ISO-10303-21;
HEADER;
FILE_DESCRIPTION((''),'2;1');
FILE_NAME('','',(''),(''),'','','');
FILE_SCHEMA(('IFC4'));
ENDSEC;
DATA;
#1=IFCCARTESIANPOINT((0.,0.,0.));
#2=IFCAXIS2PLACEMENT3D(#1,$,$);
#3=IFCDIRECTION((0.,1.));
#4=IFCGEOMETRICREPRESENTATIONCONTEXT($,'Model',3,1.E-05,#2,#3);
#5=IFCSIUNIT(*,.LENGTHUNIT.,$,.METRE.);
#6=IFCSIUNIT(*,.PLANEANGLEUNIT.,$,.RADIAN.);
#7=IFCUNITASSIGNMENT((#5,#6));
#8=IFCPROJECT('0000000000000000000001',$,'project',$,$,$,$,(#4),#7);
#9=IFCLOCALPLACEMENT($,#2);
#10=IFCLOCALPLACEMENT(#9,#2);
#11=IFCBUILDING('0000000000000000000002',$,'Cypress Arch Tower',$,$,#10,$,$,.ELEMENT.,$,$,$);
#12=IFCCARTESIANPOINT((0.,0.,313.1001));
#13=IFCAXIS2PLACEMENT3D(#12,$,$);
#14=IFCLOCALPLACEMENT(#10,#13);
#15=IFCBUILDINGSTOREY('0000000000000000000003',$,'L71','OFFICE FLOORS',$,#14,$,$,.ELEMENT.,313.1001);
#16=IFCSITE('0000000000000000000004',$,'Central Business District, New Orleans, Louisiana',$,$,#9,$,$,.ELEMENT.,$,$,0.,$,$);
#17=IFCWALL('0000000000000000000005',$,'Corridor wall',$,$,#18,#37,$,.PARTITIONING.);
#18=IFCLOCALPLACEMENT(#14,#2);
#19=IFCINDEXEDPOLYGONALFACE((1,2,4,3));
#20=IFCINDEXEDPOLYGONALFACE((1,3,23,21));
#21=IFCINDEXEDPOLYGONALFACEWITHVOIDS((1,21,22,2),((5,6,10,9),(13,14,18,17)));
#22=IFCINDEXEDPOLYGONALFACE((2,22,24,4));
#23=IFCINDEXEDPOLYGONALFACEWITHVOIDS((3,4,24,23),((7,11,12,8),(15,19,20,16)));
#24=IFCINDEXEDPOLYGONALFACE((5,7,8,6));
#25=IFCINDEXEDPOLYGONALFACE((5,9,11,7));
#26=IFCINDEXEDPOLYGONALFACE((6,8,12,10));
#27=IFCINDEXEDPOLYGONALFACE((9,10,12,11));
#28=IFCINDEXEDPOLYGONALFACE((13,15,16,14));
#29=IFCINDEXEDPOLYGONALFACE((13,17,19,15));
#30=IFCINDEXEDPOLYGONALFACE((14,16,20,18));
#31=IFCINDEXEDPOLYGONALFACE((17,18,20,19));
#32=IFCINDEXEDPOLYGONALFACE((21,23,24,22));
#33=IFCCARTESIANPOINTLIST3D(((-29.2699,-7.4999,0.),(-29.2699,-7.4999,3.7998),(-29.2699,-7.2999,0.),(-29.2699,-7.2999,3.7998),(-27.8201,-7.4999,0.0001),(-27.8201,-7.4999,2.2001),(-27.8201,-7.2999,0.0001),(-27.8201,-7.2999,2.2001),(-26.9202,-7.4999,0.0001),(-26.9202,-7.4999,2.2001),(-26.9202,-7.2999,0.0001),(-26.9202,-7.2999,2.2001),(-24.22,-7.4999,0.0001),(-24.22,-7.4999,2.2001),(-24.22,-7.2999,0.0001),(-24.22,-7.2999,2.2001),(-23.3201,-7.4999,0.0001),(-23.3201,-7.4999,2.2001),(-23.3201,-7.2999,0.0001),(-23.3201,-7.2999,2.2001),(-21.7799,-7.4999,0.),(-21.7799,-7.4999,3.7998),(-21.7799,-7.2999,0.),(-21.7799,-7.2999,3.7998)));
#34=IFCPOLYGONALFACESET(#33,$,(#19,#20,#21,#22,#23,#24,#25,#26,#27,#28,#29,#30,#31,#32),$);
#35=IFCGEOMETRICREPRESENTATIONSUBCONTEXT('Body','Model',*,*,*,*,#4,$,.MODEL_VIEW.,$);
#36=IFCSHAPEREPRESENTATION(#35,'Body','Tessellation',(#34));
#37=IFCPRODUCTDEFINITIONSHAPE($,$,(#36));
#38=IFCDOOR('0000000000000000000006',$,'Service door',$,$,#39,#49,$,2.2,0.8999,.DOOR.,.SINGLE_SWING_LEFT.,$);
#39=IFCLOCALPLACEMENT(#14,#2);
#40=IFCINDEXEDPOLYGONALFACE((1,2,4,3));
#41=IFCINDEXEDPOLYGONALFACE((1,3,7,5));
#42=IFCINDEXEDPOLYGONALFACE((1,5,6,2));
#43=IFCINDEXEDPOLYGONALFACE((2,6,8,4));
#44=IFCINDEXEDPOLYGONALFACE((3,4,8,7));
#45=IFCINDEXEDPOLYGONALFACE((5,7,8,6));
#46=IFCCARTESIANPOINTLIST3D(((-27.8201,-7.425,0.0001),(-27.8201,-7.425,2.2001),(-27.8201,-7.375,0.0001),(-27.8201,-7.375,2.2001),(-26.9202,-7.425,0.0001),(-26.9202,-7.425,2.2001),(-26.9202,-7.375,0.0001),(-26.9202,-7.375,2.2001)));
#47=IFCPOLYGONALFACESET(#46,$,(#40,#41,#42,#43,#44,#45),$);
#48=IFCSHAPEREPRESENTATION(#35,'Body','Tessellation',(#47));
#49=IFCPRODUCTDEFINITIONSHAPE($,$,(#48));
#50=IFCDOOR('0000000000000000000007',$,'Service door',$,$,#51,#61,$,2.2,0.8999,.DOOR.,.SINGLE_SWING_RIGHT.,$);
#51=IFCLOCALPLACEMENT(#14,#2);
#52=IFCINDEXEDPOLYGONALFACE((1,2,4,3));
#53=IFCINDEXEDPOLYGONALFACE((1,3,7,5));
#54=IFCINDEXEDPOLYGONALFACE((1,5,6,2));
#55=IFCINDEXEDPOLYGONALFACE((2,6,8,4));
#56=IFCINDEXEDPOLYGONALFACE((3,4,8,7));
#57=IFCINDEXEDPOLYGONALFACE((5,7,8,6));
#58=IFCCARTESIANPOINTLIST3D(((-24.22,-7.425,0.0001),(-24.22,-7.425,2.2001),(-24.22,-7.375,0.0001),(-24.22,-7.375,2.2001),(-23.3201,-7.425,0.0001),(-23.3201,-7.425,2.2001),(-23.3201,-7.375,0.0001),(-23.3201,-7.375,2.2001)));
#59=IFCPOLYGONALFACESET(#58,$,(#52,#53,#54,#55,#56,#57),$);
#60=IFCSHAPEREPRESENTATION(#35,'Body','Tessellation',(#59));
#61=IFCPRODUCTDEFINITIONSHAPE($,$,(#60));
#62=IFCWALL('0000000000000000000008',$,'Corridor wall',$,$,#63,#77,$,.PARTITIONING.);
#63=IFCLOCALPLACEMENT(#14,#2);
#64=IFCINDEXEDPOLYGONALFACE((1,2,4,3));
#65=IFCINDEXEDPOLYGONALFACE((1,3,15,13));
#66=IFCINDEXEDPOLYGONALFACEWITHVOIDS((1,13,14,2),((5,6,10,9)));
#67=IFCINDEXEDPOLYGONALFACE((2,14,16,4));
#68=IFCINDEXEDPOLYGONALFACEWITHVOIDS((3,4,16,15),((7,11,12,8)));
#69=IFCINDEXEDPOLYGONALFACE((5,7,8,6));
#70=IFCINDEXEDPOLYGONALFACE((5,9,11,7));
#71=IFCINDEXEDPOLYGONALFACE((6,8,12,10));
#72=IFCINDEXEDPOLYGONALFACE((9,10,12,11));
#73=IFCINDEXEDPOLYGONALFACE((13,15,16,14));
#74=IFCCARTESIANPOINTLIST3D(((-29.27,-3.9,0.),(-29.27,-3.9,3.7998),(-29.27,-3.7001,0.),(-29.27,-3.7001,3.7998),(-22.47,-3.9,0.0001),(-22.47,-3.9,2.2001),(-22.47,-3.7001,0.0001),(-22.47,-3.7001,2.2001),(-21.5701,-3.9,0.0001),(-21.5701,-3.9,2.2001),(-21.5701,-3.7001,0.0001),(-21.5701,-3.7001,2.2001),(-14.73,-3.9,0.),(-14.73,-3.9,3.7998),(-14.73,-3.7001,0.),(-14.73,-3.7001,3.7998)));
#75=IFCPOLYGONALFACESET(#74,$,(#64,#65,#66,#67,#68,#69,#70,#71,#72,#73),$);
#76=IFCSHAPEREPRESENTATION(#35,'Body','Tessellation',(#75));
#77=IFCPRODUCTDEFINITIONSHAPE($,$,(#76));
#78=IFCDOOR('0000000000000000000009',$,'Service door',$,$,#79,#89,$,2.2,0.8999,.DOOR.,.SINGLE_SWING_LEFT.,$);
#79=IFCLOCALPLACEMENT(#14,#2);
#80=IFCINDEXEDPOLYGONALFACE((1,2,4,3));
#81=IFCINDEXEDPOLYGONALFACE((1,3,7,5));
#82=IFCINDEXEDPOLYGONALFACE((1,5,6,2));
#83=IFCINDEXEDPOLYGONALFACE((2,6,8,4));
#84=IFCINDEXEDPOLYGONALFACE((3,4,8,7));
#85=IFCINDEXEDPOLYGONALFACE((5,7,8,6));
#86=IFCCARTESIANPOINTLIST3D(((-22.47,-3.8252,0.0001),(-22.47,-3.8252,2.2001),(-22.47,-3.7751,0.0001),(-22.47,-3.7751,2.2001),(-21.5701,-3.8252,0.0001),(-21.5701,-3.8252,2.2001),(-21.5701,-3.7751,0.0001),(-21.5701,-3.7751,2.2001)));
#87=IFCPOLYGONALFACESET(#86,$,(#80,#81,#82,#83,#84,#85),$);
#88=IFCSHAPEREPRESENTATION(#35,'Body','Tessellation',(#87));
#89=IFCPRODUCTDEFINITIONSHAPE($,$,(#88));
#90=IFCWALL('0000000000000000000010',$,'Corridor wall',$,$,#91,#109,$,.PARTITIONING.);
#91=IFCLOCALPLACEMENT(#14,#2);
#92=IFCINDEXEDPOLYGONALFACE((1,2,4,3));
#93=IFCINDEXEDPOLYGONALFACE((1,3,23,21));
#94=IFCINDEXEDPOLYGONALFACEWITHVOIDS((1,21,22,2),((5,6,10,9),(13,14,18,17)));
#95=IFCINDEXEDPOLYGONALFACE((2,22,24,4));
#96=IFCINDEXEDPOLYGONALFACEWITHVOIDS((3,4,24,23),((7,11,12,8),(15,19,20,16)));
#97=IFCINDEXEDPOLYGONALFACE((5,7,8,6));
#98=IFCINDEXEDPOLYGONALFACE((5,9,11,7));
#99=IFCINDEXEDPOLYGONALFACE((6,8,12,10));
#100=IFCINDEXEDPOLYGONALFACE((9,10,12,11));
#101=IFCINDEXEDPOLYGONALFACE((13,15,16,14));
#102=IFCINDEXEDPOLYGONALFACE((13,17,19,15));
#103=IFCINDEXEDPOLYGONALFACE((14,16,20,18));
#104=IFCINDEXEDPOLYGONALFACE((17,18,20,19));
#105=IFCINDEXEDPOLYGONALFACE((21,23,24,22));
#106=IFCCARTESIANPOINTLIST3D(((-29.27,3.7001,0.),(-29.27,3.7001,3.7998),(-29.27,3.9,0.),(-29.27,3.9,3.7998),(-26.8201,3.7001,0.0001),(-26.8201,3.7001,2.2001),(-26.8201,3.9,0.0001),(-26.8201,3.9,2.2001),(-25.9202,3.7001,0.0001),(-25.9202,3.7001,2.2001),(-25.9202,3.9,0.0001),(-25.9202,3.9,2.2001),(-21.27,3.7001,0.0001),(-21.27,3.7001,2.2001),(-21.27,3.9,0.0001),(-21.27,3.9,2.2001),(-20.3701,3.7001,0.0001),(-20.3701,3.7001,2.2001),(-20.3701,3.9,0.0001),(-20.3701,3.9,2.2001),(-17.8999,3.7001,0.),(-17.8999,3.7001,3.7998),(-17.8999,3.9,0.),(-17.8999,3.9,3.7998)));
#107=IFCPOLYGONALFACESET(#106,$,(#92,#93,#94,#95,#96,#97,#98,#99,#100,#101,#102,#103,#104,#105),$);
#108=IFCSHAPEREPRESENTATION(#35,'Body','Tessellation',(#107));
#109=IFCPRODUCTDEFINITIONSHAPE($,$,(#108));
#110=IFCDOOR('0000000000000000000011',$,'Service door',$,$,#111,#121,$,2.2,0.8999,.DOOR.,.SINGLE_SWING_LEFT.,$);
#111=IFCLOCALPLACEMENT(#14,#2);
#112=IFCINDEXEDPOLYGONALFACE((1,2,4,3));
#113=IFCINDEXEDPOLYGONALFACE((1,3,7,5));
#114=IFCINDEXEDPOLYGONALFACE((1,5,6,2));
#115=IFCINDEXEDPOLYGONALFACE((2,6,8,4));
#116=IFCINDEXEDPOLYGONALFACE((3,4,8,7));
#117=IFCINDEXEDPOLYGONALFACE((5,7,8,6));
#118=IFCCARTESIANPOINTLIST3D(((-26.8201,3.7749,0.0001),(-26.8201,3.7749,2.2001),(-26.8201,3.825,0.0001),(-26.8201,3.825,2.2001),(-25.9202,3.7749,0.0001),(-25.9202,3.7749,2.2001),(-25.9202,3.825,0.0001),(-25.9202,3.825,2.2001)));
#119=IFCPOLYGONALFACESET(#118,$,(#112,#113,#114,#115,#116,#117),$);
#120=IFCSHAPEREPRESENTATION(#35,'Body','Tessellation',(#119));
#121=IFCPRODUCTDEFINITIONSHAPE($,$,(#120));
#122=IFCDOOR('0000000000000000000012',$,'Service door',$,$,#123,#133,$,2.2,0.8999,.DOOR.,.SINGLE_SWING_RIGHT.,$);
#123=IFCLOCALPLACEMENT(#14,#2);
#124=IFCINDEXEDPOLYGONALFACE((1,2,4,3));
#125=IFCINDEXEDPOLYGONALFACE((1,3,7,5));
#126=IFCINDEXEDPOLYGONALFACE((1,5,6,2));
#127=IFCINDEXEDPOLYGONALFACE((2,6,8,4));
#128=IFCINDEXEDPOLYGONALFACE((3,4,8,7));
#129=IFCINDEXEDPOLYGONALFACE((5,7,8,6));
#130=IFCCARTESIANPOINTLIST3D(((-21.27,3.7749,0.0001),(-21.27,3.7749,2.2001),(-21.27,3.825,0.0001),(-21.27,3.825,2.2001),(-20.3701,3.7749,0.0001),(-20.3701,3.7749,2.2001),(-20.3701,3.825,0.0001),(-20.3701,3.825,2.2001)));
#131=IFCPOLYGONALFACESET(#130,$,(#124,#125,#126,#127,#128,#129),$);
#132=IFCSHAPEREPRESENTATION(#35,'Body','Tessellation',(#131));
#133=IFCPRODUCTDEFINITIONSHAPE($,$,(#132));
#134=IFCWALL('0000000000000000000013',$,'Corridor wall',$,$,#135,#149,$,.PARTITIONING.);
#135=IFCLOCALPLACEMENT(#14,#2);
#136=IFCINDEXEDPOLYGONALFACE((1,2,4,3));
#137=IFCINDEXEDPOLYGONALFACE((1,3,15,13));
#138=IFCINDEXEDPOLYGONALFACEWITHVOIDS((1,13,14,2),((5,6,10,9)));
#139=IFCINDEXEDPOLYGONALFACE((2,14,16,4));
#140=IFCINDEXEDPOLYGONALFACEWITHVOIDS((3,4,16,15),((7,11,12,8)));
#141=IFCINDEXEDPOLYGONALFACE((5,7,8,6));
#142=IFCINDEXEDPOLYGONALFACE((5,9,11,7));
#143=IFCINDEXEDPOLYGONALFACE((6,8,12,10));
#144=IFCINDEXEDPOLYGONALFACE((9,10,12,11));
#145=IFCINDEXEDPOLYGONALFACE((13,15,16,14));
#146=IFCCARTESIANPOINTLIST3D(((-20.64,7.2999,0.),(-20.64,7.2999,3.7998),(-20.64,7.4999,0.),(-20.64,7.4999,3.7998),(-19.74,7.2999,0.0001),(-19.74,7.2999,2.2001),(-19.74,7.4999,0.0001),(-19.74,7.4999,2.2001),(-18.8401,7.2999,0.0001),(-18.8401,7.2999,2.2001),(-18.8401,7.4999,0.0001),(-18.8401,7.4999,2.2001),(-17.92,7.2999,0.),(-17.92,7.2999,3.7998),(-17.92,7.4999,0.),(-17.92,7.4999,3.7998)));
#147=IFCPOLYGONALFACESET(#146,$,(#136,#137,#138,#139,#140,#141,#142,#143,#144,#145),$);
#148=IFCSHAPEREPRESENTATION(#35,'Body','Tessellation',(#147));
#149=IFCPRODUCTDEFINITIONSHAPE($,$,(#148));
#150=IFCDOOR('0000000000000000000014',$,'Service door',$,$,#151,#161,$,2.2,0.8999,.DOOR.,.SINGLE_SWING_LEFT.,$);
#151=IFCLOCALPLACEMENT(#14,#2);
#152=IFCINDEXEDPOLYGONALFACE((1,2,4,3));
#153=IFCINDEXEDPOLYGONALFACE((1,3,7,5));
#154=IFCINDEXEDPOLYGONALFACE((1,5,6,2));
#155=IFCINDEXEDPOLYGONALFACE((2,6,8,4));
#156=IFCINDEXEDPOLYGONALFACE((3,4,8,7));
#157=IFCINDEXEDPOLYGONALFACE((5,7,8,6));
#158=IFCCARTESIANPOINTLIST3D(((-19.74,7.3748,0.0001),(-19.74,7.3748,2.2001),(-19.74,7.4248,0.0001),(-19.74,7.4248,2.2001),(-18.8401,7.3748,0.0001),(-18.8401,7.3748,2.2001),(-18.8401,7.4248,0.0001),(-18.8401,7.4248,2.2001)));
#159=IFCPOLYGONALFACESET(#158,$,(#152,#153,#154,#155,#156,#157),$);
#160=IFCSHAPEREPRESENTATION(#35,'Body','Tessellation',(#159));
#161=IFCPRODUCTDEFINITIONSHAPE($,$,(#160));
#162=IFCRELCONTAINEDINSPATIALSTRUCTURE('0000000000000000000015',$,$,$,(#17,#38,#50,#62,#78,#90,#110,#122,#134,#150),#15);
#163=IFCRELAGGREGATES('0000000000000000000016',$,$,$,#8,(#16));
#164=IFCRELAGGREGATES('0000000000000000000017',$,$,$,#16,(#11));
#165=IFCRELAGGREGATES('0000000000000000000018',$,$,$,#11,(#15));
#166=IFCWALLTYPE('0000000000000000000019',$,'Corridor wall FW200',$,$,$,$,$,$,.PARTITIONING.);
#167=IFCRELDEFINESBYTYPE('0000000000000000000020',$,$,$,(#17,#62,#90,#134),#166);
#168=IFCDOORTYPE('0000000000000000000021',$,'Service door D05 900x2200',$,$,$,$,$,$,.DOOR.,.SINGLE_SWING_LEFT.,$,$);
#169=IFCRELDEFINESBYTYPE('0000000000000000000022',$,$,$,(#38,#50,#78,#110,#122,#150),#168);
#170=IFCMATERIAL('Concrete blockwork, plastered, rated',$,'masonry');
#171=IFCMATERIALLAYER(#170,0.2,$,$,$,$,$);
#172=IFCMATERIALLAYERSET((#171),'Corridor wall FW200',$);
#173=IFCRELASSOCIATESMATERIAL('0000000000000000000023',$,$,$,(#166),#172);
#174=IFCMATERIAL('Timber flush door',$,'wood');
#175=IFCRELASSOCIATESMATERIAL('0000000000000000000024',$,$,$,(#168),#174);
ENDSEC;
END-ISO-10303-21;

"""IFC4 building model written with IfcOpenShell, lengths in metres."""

from ifc_helpers import new_model, si_unit, direction, frame, frame_2d, origin, place, context, subcontext, project, spatial, rectangle, extrude, material, layer, layer_set, type_object, element, fill, save


model = new_model("IFC4")

# Units and contexts
model_context = context("Model", 3, precision=1e-05, world=origin(), true_north=direction((0.0, 1.0)))
body_context = subcontext(model_context, "Body", "Model", "MODEL_VIEW")
ifc_project = project(units=[si_unit("LENGTHUNIT", "METRE"), si_unit("PLANEANGLEUNIT", "RADIAN")], contexts=[model_context])

# Site, building, storey
site_placement = place(None, origin())
site = spatial("IfcSite", under=ifc_project, at=site_placement, Name="Central Business District, New Orleans, Louisiana", CompositionType="ELEMENT", RefElevation=0.0)
building_placement = place(site_placement, origin())
building = spatial("IfcBuilding", under=site, at=building_placement, Name="Cypress Arch Tower", CompositionType="ELEMENT")
storey_placement = place(building_placement, frame((0.0, 0.0, 313.1001)))
storey = spatial("IfcBuildingStorey", under=building, at=storey_placement, Name="L71", Description="OFFICE FLOORS", CompositionType="ELEMENT", Elevation=313.1001)

# Wall, openings, doors
ifc_material_1 = material(Name="Concrete blockwork, plastered, rated", Category="masonry")
ifc_layer_1 = layer(ifc_material_1, 0.2)
ifc_layer_set_1 = layer_set([ifc_layer_1], Name="Corridor wall FW200")
wall_type_1 = type_object("IfcWallType", Name="Corridor wall FW200", PredefinedType="PARTITIONING", material=ifc_layer_set_1)
wall_1_placement = place(storey_placement, frame((-29.27, -7.3999, 0.0), z_axis=(0.0, 0.0, 1.0), x_axis=(1.0, 0.0, 0.0)))
wall_1 = element("IfcWall", 1, at=wall_1_placement, inside=storey, type_object=wall_type_1, Name="Corridor wall", PredefinedType="PARTITIONING", context=body_context, shape_type="SweptSolid", body=[
    extrude(rectangle(XDim=7.49, YDim=0.2, at=frame_2d((3.7451, 0.0))), origin(), (0.0, 0.0, 1.0), 3.7998),
])
opening_1_placement = place(wall_1_placement, frame((1.45, 0.0, 0.0)))
opening_1 = element("IfcOpeningElement", 2, at=opening_1_placement, cuts=wall_1, PredefinedType="OPENING", context=body_context, shape_type="SweptSolid", body=[
    extrude(rectangle(XDim=0.8999, YDim=2.2, at=frame_2d((0.45, 1.1001))), frame((0.0, 0.1099, 0.0), z_axis=(0.0, -1.0, 0.0), x_axis=(1.0, 0.0, 0.0)), (0.0, 0.0, 1.0), 0.22),
])
opening_2_placement = place(wall_1_placement, frame((5.05, 0.0, 0.0)))
opening_2 = element("IfcOpeningElement", 3, at=opening_2_placement, cuts=wall_1, PredefinedType="OPENING", context=body_context, shape_type="SweptSolid", body=[
    extrude(rectangle(XDim=0.8999, YDim=2.2, at=frame_2d((0.45, 1.1001))), frame((0.0, 0.1099, 0.0), z_axis=(0.0, -1.0, 0.0), x_axis=(1.0, 0.0, 0.0)), (0.0, 0.0, 1.0), 0.22),
])
ifc_material_2 = material(Name="Timber flush door", Category="wood")
door_type_1 = type_object("IfcDoorType", Name="Service door D05 900x2200", OperationType="SINGLE_SWING_LEFT", PredefinedType="DOOR", material=ifc_material_2)
door_1_placement = place(opening_1_placement, origin())
door_1 = element("IfcDoor", 4, at=door_1_placement, inside=storey, type_object=door_type_1, Name="Service door", OperationType="SINGLE_SWING_LEFT", OverallHeight=2.2, OverallWidth=0.8999, PredefinedType="DOOR", context=body_context, shape_type="SweptSolid", body=[
    extrude(rectangle(XDim=0.8999, YDim=2.2, at=frame_2d((0.45, 1.1001))), frame((0.0, 0.0249, 0.0), z_axis=(0.0, -1.0, 0.0), x_axis=(1.0, 0.0, 0.0)), (0.0, 0.0, 1.0), 0.05),
])
fill(opening_1, door_1)
door_2_placement = place(opening_2_placement, origin())
door_2 = element("IfcDoor", 5, at=door_2_placement, inside=storey, type_object=door_type_1, Name="Service door", OperationType="SINGLE_SWING_RIGHT", OverallHeight=2.2, OverallWidth=0.8999, PredefinedType="DOOR", context=body_context, shape_type="SweptSolid", body=[
    extrude(rectangle(XDim=0.8999, YDim=2.2, at=frame_2d((0.45, 1.1001))), frame((0.0, 0.0249, 0.0), z_axis=(0.0, -1.0, 0.0), x_axis=(1.0, 0.0, 0.0)), (0.0, 0.0, 1.0), 0.05),
])
fill(opening_2, door_2)

# Wall, opening, door
wall_2_placement = place(storey_placement, frame((-29.27, -3.8, 0.0), z_axis=(0.0, 0.0, 1.0), x_axis=(1.0, 0.0, 0.0)))
wall_2 = element("IfcWall", 6, at=wall_2_placement, inside=storey, type_object=wall_type_1, Name="Corridor wall", PredefinedType="PARTITIONING", context=body_context, shape_type="SweptSolid", body=[
    extrude(rectangle(XDim=14.54, YDim=0.2, at=frame_2d((7.27, 0.0))), origin(), (0.0, 0.0, 1.0), 3.7998),
])
opening_3_placement = place(wall_2_placement, frame((6.8, 0.0, 0.0)))
opening_3 = element("IfcOpeningElement", 7, at=opening_3_placement, cuts=wall_2, PredefinedType="OPENING", context=body_context, shape_type="SweptSolid", body=[
    extrude(rectangle(XDim=0.8999, YDim=2.2, at=frame_2d((0.45, 1.1001))), frame((0.0, 0.1099, 0.0), z_axis=(0.0, -1.0, 0.0), x_axis=(1.0, 0.0, 0.0)), (0.0, 0.0, 1.0), 0.22),
])
door_3_placement = place(opening_3_placement, origin())
door_3 = element("IfcDoor", 8, at=door_3_placement, inside=storey, type_object=door_type_1, Name="Service door", OperationType="SINGLE_SWING_LEFT", OverallHeight=2.2, OverallWidth=0.8999, PredefinedType="DOOR", context=body_context, shape_type="SweptSolid", body=[
    extrude(rectangle(XDim=0.8999, YDim=2.2, at=frame_2d((0.45, 1.1001))), frame((0.0, 0.0249, 0.0), z_axis=(0.0, -1.0, 0.0), x_axis=(1.0, 0.0, 0.0)), (0.0, 0.0, 1.0), 0.05),
])
fill(opening_3, door_3)

# Wall, openings, doors
wall_3_placement = place(storey_placement, frame((-29.27, 3.8, 0.0), z_axis=(0.0, 0.0, 1.0), x_axis=(1.0, 0.0, 0.0)))
wall_3 = element("IfcWall", 9, at=wall_3_placement, inside=storey, type_object=wall_type_1, Name="Corridor wall", PredefinedType="PARTITIONING", context=body_context, shape_type="SweptSolid", body=[
    extrude(rectangle(XDim=11.3701, YDim=0.2, at=frame_2d((5.6851, 0.0))), origin(), (0.0, 0.0, 1.0), 3.7998),
])
opening_4_placement = place(wall_3_placement, frame((2.45, 0.0, 0.0)))
opening_4 = element("IfcOpeningElement", 10, at=opening_4_placement, cuts=wall_3, PredefinedType="OPENING", context=body_context, shape_type="SweptSolid", body=[
    extrude(rectangle(XDim=0.8999, YDim=2.2, at=frame_2d((0.45, 1.1001))), frame((0.0, 0.1099, 0.0), z_axis=(0.0, -1.0, 0.0), x_axis=(1.0, 0.0, 0.0)), (0.0, 0.0, 1.0), 0.22),
])
opening_5_placement = place(wall_3_placement, frame((8.0, 0.0, 0.0)))
opening_5 = element("IfcOpeningElement", 11, at=opening_5_placement, cuts=wall_3, PredefinedType="OPENING", context=body_context, shape_type="SweptSolid", body=[
    extrude(rectangle(XDim=0.8999, YDim=2.2, at=frame_2d((0.45, 1.1001))), frame((0.0, 0.1099, 0.0), z_axis=(0.0, -1.0, 0.0), x_axis=(1.0, 0.0, 0.0)), (0.0, 0.0, 1.0), 0.22),
])
door_4_placement = place(opening_4_placement, origin())
door_4 = element("IfcDoor", 12, at=door_4_placement, inside=storey, type_object=door_type_1, Name="Service door", OperationType="SINGLE_SWING_LEFT", OverallHeight=2.2, OverallWidth=0.8999, PredefinedType="DOOR", context=body_context, shape_type="SweptSolid", body=[
    extrude(rectangle(XDim=0.8999, YDim=2.2, at=frame_2d((0.45, 1.1001))), frame((0.0, 0.0249, 0.0), z_axis=(0.0, -1.0, 0.0), x_axis=(1.0, 0.0, 0.0)), (0.0, 0.0, 1.0), 0.05),
])
fill(opening_4, door_4)
door_5_placement = place(opening_5_placement, origin())
door_5 = element("IfcDoor", 13, at=door_5_placement, inside=storey, type_object=door_type_1, Name="Service door", OperationType="SINGLE_SWING_RIGHT", OverallHeight=2.2, OverallWidth=0.8999, PredefinedType="DOOR", context=body_context, shape_type="SweptSolid", body=[
    extrude(rectangle(XDim=0.8999, YDim=2.2, at=frame_2d((0.45, 1.1001))), frame((0.0, 0.0249, 0.0), z_axis=(0.0, -1.0, 0.0), x_axis=(1.0, 0.0, 0.0)), (0.0, 0.0, 1.0), 0.05),
])
fill(opening_5, door_5)

# Wall, opening, door
wall_4_placement = place(storey_placement, frame((-20.6399, 7.3999, 0.0), z_axis=(0.0, 0.0, 1.0), x_axis=(1.0, 0.0, 0.0)))
wall_4 = element("IfcWall", 14, at=wall_4_placement, inside=storey, type_object=wall_type_1, Name="Corridor wall", PredefinedType="PARTITIONING", context=body_context, shape_type="SweptSolid", body=[
    extrude(rectangle(XDim=2.72, YDim=0.2, at=frame_2d((1.3599, 0.0))), origin(), (0.0, 0.0, 1.0), 3.7998),
])
opening_6_placement = place(wall_4_placement, frame((0.8999, 0.0, 0.0)))
opening_6 = element("IfcOpeningElement", 15, at=opening_6_placement, cuts=wall_4, PredefinedType="OPENING", context=body_context, shape_type="SweptSolid", body=[
    extrude(rectangle(XDim=0.8999, YDim=2.2, at=frame_2d((0.45, 1.1001))), frame((0.0, 0.1099, 0.0), z_axis=(0.0, -1.0, 0.0), x_axis=(1.0, 0.0, 0.0)), (0.0, 0.0, 1.0), 0.22),
])
door_6_placement = place(opening_6_placement, origin())
door_6 = element("IfcDoor", 16, at=door_6_placement, inside=storey, type_object=door_type_1, Name="Service door", OperationType="SINGLE_SWING_LEFT", OverallHeight=2.2, OverallWidth=0.8999, PredefinedType="DOOR", context=body_context, shape_type="SweptSolid", body=[
    extrude(rectangle(XDim=0.8999, YDim=2.2, at=frame_2d((0.45, 1.1001))), frame((0.0, 0.0249, 0.0), z_axis=(0.0, -1.0, 0.0), x_axis=(1.0, 0.0, 0.0)), (0.0, 0.0, 1.0), 0.05),
])
fill(opening_6, door_6)

save(model, "model.ifc")
